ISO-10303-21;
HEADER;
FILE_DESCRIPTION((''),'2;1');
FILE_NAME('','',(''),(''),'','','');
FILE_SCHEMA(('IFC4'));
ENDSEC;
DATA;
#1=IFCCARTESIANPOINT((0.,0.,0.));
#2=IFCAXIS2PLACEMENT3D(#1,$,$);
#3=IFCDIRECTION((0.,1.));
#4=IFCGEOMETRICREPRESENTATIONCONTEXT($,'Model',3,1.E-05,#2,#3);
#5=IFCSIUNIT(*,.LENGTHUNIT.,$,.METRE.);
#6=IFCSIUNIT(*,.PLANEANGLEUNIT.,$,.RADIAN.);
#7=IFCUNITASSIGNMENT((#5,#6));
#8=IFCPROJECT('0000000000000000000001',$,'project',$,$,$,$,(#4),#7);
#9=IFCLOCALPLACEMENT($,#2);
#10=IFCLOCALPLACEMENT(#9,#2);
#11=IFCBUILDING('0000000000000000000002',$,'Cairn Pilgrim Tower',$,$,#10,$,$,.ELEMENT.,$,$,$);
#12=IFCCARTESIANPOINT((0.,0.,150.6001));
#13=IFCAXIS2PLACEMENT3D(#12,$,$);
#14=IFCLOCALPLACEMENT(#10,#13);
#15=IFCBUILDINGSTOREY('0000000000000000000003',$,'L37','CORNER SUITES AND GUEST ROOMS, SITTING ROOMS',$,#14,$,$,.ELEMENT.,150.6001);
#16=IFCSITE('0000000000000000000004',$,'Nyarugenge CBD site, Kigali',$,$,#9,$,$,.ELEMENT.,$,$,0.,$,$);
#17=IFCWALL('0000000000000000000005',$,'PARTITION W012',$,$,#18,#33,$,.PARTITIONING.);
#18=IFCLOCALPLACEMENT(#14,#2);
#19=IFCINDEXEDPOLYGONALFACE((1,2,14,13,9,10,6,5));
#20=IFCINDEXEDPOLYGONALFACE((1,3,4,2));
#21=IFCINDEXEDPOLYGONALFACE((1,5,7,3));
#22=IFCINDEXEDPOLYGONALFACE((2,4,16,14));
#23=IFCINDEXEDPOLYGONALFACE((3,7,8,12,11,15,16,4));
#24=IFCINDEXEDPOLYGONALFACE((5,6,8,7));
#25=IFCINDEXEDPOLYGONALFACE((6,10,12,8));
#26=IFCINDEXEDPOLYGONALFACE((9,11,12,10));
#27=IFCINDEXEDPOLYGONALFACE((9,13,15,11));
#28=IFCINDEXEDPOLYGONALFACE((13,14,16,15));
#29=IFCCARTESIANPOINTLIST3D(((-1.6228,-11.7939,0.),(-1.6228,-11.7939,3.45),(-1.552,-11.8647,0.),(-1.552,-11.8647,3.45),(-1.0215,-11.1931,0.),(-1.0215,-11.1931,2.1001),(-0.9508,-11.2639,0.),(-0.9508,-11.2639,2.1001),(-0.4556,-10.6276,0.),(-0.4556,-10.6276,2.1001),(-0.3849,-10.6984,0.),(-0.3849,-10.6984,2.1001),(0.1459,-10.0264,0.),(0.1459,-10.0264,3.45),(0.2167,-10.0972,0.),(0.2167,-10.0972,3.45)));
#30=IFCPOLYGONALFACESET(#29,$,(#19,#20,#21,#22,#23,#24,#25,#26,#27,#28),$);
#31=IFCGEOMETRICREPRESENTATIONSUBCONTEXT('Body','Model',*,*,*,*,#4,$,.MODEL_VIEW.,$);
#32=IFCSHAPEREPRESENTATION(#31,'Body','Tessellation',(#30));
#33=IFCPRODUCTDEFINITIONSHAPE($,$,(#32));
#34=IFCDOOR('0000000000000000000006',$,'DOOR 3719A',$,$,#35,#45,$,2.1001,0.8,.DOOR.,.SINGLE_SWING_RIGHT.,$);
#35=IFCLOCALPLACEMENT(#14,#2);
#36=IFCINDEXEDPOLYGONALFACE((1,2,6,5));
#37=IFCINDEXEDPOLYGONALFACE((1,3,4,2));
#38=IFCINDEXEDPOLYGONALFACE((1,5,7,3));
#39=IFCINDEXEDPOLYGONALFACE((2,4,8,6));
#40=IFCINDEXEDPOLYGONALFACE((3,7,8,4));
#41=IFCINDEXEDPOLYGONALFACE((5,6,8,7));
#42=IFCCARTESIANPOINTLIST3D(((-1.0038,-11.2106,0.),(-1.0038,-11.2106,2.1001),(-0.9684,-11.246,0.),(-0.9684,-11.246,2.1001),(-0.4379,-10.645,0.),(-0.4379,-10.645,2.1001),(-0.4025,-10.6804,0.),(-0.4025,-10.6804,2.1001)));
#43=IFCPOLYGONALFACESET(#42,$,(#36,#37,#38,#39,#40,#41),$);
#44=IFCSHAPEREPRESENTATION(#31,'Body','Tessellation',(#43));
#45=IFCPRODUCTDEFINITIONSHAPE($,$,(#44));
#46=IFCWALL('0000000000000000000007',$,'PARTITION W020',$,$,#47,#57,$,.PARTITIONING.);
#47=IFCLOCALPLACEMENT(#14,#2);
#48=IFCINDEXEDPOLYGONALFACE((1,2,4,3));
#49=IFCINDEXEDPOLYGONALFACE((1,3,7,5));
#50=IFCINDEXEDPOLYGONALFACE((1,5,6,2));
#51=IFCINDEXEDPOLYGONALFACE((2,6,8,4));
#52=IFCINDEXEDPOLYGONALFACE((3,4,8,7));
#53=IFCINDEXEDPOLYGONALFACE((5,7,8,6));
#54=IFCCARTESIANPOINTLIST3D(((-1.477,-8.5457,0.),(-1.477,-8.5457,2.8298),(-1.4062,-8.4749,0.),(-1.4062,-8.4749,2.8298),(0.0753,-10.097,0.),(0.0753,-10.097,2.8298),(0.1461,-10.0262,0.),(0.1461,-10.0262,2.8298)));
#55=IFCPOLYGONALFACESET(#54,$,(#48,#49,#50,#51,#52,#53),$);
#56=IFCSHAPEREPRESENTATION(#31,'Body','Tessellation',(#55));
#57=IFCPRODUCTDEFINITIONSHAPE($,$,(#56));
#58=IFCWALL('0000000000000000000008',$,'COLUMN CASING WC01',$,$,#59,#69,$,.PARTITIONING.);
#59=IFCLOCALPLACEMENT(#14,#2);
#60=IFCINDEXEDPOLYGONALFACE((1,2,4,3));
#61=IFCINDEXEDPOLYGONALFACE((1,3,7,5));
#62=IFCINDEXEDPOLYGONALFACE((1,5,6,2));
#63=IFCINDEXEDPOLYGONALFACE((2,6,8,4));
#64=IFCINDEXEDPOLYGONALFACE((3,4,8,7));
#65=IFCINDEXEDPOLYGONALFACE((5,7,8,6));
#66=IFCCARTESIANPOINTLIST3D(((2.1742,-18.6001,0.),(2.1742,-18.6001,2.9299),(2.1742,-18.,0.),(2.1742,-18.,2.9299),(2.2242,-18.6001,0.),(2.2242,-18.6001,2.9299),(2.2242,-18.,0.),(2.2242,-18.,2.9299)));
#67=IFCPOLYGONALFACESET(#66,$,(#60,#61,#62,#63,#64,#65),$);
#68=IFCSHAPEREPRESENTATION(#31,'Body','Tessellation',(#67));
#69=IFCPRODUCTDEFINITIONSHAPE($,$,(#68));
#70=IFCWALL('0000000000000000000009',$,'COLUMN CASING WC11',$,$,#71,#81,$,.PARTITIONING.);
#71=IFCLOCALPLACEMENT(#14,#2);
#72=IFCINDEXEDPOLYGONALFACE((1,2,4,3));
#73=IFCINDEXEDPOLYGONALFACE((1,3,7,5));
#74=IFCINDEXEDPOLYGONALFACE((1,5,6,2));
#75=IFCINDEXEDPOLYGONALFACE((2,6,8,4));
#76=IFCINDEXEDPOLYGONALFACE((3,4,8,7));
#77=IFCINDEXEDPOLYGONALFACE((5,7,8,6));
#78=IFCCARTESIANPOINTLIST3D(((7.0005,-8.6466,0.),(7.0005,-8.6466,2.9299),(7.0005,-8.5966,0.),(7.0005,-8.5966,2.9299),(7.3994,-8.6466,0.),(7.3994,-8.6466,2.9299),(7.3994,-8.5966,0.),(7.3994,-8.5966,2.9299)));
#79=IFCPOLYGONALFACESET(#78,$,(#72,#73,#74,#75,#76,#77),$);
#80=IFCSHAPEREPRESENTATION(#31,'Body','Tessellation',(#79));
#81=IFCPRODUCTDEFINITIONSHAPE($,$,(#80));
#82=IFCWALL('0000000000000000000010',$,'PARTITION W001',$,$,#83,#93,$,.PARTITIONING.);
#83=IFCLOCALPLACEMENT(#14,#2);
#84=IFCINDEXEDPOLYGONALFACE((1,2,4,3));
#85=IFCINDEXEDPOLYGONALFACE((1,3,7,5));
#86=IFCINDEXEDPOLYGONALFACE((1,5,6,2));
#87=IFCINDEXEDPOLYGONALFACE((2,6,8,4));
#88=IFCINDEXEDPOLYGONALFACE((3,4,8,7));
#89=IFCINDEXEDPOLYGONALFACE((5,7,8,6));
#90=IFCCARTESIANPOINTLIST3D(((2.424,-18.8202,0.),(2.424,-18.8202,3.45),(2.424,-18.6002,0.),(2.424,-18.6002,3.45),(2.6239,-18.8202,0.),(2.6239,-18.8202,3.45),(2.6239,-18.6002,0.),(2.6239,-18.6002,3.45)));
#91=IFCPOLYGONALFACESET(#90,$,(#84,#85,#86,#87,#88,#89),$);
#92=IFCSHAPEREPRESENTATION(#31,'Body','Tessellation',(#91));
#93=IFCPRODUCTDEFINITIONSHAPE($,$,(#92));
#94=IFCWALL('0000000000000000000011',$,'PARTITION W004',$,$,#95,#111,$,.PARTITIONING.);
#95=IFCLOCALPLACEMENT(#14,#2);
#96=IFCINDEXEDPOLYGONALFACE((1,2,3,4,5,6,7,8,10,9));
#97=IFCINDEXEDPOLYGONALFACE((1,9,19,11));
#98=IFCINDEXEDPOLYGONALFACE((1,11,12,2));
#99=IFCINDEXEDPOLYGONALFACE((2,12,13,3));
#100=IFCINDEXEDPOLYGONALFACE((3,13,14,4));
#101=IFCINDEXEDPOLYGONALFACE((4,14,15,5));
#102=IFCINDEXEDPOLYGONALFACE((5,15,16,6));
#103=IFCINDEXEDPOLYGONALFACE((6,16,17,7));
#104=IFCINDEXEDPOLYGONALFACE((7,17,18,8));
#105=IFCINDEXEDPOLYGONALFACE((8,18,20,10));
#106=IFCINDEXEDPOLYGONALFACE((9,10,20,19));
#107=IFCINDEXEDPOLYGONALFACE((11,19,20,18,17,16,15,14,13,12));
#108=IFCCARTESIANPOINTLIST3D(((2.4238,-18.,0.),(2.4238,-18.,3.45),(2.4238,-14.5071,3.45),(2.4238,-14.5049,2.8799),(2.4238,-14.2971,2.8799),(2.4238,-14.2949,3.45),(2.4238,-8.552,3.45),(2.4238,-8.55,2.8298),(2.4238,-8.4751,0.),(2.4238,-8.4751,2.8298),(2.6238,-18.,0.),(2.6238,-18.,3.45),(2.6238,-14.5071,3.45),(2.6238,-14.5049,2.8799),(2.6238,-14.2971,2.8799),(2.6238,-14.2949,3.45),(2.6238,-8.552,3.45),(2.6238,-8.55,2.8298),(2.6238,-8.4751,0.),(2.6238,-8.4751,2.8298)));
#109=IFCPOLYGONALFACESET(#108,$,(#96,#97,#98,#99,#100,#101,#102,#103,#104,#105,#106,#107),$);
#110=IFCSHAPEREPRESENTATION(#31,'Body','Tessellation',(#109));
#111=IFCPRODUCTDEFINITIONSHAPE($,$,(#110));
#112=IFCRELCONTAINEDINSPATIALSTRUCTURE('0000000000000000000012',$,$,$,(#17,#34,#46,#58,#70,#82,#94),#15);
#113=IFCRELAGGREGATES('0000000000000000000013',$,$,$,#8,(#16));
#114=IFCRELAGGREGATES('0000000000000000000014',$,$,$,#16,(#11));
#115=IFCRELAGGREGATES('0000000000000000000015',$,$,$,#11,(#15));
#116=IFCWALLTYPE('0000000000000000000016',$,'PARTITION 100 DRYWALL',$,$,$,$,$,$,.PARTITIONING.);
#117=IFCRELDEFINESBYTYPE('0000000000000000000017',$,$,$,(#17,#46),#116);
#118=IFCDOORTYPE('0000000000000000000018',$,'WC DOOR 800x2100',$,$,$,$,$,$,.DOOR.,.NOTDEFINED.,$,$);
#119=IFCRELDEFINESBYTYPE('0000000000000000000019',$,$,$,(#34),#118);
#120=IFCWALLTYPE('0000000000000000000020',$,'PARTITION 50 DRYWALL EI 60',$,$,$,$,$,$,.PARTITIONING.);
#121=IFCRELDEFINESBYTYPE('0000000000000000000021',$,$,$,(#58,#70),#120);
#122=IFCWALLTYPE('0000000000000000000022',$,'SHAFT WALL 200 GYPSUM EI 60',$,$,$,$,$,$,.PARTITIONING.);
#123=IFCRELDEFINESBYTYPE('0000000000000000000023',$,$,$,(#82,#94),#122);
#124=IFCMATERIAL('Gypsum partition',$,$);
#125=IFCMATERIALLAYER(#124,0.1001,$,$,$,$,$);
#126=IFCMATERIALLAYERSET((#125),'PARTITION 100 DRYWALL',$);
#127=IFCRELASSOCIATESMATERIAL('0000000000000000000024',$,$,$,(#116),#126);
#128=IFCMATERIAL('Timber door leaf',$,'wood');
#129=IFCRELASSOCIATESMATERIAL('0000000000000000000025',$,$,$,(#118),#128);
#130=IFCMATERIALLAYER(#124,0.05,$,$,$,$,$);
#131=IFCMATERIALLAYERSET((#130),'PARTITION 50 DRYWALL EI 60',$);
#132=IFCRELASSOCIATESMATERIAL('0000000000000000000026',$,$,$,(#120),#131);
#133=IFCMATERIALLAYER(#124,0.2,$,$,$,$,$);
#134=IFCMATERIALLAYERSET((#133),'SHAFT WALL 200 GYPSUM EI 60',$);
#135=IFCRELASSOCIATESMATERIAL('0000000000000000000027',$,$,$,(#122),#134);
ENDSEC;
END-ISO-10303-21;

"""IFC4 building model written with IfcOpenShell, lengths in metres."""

from ifc_helpers import new_model, si_unit, direction, frame, frame_2d, origin, place, context, subcontext, project, spatial, polyline, rectangle, outline, extrude, material, layer, layer_set, type_object, element, fill, save


model = new_model("IFC4")

# Units and contexts
model_context = context("Model", 3, precision=1e-05, world=origin(), true_north=direction((0.0, 1.0)))
body_context = subcontext(model_context, "Body", "Model", "MODEL_VIEW")
ifc_project = project(units=[si_unit("LENGTHUNIT", "METRE"), si_unit("PLANEANGLEUNIT", "RADIAN")], contexts=[model_context])

# Site, building, storey
site_placement = place(None, origin())
site = spatial("IfcSite", under=ifc_project, at=site_placement, Name="Nyarugenge CBD site, Kigali", CompositionType="ELEMENT", RefElevation=0.0)
building_placement = place(site_placement, origin())
building = spatial("IfcBuilding", under=site, at=building_placement, Name="Cairn Pilgrim Tower", CompositionType="ELEMENT")
storey_placement = place(building_placement, frame((0.0, 0.0, 150.6001)))
storey = spatial("IfcBuildingStorey", under=building, at=storey_placement, Name="L37", Description="CORNER SUITES AND GUEST ROOMS, SITTING ROOMS", CompositionType="ELEMENT", Elevation=150.6001)

# Shared definitions
ifc_material_1 = material(Name="Gypsum partition")
ifc_layer_1 = layer(ifc_material_1, 0.1001)
ifc_layer_set_1 = layer_set([ifc_layer_1], Name="PARTITION 100 DRYWALL")
wall_type_1 = type_object("IfcWallType", Name="PARTITION 100 DRYWALL", PredefinedType="PARTITIONING", material=ifc_layer_set_1)
ifc_material_2 = material(Name="Timber door leaf", Category="wood")

# Wall, opening, door
wall_1_placement = place(storey_placement, frame((-1.5874, -11.8293, 0.0), z_axis=(0.0, 0.0, 1.0), x_axis=(0.707351, 0.706863, 0.0)))
wall_1 = element("IfcWall", 1, at=wall_1_placement, inside=storey, type_object=wall_type_1, Name="PARTITION W012", PredefinedType="PARTITIONING", context=body_context, shape_type="SweptSolid", body=[
    extrude(rectangle(XDim=2.5005, YDim=0.1001, at=frame_2d((1.2502, 0.0))), origin(), (0.0, 0.0, 1.0), 3.45),
])
opening_1_placement = place(wall_1_placement, frame((0.8501, 0.0, 0.0)))
opening_1 = element("IfcOpeningElement", 2, at=opening_1_placement, cuts=wall_1, PredefinedType="OPENING", context=body_context, shape_type="SweptSolid", body=[
    extrude(rectangle(XDim=0.8, YDim=2.1001, at=frame_2d((0.3999, 1.05))), frame((0.0, 0.0601, 0.0), z_axis=(0.0, -1.0, 0.0), x_axis=(1.0, 0.0, 0.0)), (0.0, 0.0, 1.0), 0.1201),
])
door_type_1 = type_object("IfcDoorType", Name="WC DOOR 800x2100", OperationType="NOTDEFINED", PredefinedType="DOOR", material=ifc_material_2)
door_1_placement = place(opening_1_placement, frame((0.8, 0.0, 0.0), z_axis=(0.0, 0.0, 1.0), x_axis=(-1.0, 0.0, 0.0)))
door_1 = element("IfcDoor", 3, at=door_1_placement, inside=storey, type_object=door_type_1, Name="DOOR 3719A", OperationType="SINGLE_SWING_RIGHT", OverallHeight=2.1001, OverallWidth=0.8, PredefinedType="DOOR", context=body_context, shape_type="SweptSolid", body=[
    extrude(rectangle(XDim=0.8, YDim=2.1001, at=frame_2d((0.3999, 1.05))), frame((0.0, 0.0249, 0.0), z_axis=(0.0, -1.0, 0.0), x_axis=(1.0, 0.0, 0.0)), (0.0, 0.0, 1.0), 0.05),
])
fill(opening_1, door_1)

# Walls
wall_2_placement = place(storey_placement, frame((0.1106, -10.0615, 0.0), z_axis=(0.0, 0.0, 1.0), x_axis=(-0.707329, 0.706884, 0.0)))
element("IfcWall", 4, at=wall_2_placement, inside=storey, type_object=wall_type_1, Name="PARTITION W020", PredefinedType="PARTITIONING", context=body_context, shape_type="SweptSolid", body=[
    extrude(rectangle(XDim=2.1946, YDim=0.1001, at=frame_2d((1.0972, 0.0))), origin(), (0.0, 0.0, 1.0), 2.8298),
])
ifc_layer_2 = layer(ifc_material_1, 0.05)
ifc_layer_set_2 = layer_set([ifc_layer_2], Name="PARTITION 50 DRYWALL EI 60")
wall_type_2 = type_object("IfcWallType", Name="PARTITION 50 DRYWALL EI 60", PredefinedType="PARTITIONING", material=ifc_layer_set_2)
wall_3_placement = place(storey_placement, frame((2.1992, -18.6001, 0.0), z_axis=(0.0, 0.0, 1.0), x_axis=(0.0, 1.0, 0.0)))
element("IfcWall", 5, at=wall_3_placement, inside=storey, type_object=wall_type_2, Name="COLUMN CASING WC01", PredefinedType="PARTITIONING", context=body_context, shape_type="SweptSolid", body=[
    extrude(rectangle(XDim=0.6001, YDim=0.05, at=frame_2d((0.3, 0.0))), origin(), (0.0, 0.0, 1.0), 2.9299),
])
wall_4_placement = place(storey_placement, frame((7.0005, -8.6216, 0.0), z_axis=(0.0, 0.0, 1.0), x_axis=(1.0, 0.0, 0.0)))
element("IfcWall", 6, at=wall_4_placement, inside=storey, type_object=wall_type_2, Name="COLUMN CASING WC11", PredefinedType="PARTITIONING", context=body_context, shape_type="SweptSolid", body=[
    extrude(rectangle(XDim=0.3989, YDim=0.05, at=frame_2d((0.1995, 0.0))), origin(), (0.0, 0.0, 1.0), 2.9299),
])
ifc_layer_3 = layer(ifc_material_1, 0.2)
ifc_layer_set_3 = layer_set([ifc_layer_3], Name="SHAFT WALL 200 GYPSUM EI 60")
wall_type_3 = type_object("IfcWallType", Name="SHAFT WALL 200 GYPSUM EI 60", PredefinedType="PARTITIONING", material=ifc_layer_set_3)
wall_5_placement = place(storey_placement, frame((2.5239, -18.8201, 0.0), z_axis=(0.0, 0.0, 1.0), x_axis=(0.0, 1.0, 0.0)))
element("IfcWall", 7, at=wall_5_placement, inside=storey, type_object=wall_type_3, Name="PARTITION W001", PredefinedType="PARTITIONING", context=body_context, shape_type="SweptSolid", body=[
    extrude(rectangle(XDim=0.22, YDim=0.2, at=frame_2d((0.1099, 0.0))), origin(), (0.0, 0.0, 1.0), 3.45),
])
wall_6_placement = place(storey_placement, frame((2.5239, -18.0, 0.0), z_axis=(0.0, 0.0, 1.0), x_axis=(0.0, 1.0, 0.0)))
element("IfcWall", 8, at=wall_6_placement, inside=storey, type_object=wall_type_3, Name="PARTITION W004", PredefinedType="PARTITIONING", context=body_context, shape_type="SweptSolid", body=[
    extrude(outline(polyline([(0.0, 0.0), (9.5249, 0.0), (9.5249, 2.8298), (9.45, 2.8298), (9.448, 3.45), (3.7051, 3.45), (3.7029, 2.8799), (3.4951, 2.8799), (3.4929, 3.45), (0.0, 3.45), (0.0, 0.0)])), frame((0.0, 0.1001, 0.0), z_axis=(0.0, -1.0, 0.0), x_axis=(1.0, 0.0, 0.0)), (0.0, 0.0, 1.0), 0.2),
])

save(model, "model.ifc")
